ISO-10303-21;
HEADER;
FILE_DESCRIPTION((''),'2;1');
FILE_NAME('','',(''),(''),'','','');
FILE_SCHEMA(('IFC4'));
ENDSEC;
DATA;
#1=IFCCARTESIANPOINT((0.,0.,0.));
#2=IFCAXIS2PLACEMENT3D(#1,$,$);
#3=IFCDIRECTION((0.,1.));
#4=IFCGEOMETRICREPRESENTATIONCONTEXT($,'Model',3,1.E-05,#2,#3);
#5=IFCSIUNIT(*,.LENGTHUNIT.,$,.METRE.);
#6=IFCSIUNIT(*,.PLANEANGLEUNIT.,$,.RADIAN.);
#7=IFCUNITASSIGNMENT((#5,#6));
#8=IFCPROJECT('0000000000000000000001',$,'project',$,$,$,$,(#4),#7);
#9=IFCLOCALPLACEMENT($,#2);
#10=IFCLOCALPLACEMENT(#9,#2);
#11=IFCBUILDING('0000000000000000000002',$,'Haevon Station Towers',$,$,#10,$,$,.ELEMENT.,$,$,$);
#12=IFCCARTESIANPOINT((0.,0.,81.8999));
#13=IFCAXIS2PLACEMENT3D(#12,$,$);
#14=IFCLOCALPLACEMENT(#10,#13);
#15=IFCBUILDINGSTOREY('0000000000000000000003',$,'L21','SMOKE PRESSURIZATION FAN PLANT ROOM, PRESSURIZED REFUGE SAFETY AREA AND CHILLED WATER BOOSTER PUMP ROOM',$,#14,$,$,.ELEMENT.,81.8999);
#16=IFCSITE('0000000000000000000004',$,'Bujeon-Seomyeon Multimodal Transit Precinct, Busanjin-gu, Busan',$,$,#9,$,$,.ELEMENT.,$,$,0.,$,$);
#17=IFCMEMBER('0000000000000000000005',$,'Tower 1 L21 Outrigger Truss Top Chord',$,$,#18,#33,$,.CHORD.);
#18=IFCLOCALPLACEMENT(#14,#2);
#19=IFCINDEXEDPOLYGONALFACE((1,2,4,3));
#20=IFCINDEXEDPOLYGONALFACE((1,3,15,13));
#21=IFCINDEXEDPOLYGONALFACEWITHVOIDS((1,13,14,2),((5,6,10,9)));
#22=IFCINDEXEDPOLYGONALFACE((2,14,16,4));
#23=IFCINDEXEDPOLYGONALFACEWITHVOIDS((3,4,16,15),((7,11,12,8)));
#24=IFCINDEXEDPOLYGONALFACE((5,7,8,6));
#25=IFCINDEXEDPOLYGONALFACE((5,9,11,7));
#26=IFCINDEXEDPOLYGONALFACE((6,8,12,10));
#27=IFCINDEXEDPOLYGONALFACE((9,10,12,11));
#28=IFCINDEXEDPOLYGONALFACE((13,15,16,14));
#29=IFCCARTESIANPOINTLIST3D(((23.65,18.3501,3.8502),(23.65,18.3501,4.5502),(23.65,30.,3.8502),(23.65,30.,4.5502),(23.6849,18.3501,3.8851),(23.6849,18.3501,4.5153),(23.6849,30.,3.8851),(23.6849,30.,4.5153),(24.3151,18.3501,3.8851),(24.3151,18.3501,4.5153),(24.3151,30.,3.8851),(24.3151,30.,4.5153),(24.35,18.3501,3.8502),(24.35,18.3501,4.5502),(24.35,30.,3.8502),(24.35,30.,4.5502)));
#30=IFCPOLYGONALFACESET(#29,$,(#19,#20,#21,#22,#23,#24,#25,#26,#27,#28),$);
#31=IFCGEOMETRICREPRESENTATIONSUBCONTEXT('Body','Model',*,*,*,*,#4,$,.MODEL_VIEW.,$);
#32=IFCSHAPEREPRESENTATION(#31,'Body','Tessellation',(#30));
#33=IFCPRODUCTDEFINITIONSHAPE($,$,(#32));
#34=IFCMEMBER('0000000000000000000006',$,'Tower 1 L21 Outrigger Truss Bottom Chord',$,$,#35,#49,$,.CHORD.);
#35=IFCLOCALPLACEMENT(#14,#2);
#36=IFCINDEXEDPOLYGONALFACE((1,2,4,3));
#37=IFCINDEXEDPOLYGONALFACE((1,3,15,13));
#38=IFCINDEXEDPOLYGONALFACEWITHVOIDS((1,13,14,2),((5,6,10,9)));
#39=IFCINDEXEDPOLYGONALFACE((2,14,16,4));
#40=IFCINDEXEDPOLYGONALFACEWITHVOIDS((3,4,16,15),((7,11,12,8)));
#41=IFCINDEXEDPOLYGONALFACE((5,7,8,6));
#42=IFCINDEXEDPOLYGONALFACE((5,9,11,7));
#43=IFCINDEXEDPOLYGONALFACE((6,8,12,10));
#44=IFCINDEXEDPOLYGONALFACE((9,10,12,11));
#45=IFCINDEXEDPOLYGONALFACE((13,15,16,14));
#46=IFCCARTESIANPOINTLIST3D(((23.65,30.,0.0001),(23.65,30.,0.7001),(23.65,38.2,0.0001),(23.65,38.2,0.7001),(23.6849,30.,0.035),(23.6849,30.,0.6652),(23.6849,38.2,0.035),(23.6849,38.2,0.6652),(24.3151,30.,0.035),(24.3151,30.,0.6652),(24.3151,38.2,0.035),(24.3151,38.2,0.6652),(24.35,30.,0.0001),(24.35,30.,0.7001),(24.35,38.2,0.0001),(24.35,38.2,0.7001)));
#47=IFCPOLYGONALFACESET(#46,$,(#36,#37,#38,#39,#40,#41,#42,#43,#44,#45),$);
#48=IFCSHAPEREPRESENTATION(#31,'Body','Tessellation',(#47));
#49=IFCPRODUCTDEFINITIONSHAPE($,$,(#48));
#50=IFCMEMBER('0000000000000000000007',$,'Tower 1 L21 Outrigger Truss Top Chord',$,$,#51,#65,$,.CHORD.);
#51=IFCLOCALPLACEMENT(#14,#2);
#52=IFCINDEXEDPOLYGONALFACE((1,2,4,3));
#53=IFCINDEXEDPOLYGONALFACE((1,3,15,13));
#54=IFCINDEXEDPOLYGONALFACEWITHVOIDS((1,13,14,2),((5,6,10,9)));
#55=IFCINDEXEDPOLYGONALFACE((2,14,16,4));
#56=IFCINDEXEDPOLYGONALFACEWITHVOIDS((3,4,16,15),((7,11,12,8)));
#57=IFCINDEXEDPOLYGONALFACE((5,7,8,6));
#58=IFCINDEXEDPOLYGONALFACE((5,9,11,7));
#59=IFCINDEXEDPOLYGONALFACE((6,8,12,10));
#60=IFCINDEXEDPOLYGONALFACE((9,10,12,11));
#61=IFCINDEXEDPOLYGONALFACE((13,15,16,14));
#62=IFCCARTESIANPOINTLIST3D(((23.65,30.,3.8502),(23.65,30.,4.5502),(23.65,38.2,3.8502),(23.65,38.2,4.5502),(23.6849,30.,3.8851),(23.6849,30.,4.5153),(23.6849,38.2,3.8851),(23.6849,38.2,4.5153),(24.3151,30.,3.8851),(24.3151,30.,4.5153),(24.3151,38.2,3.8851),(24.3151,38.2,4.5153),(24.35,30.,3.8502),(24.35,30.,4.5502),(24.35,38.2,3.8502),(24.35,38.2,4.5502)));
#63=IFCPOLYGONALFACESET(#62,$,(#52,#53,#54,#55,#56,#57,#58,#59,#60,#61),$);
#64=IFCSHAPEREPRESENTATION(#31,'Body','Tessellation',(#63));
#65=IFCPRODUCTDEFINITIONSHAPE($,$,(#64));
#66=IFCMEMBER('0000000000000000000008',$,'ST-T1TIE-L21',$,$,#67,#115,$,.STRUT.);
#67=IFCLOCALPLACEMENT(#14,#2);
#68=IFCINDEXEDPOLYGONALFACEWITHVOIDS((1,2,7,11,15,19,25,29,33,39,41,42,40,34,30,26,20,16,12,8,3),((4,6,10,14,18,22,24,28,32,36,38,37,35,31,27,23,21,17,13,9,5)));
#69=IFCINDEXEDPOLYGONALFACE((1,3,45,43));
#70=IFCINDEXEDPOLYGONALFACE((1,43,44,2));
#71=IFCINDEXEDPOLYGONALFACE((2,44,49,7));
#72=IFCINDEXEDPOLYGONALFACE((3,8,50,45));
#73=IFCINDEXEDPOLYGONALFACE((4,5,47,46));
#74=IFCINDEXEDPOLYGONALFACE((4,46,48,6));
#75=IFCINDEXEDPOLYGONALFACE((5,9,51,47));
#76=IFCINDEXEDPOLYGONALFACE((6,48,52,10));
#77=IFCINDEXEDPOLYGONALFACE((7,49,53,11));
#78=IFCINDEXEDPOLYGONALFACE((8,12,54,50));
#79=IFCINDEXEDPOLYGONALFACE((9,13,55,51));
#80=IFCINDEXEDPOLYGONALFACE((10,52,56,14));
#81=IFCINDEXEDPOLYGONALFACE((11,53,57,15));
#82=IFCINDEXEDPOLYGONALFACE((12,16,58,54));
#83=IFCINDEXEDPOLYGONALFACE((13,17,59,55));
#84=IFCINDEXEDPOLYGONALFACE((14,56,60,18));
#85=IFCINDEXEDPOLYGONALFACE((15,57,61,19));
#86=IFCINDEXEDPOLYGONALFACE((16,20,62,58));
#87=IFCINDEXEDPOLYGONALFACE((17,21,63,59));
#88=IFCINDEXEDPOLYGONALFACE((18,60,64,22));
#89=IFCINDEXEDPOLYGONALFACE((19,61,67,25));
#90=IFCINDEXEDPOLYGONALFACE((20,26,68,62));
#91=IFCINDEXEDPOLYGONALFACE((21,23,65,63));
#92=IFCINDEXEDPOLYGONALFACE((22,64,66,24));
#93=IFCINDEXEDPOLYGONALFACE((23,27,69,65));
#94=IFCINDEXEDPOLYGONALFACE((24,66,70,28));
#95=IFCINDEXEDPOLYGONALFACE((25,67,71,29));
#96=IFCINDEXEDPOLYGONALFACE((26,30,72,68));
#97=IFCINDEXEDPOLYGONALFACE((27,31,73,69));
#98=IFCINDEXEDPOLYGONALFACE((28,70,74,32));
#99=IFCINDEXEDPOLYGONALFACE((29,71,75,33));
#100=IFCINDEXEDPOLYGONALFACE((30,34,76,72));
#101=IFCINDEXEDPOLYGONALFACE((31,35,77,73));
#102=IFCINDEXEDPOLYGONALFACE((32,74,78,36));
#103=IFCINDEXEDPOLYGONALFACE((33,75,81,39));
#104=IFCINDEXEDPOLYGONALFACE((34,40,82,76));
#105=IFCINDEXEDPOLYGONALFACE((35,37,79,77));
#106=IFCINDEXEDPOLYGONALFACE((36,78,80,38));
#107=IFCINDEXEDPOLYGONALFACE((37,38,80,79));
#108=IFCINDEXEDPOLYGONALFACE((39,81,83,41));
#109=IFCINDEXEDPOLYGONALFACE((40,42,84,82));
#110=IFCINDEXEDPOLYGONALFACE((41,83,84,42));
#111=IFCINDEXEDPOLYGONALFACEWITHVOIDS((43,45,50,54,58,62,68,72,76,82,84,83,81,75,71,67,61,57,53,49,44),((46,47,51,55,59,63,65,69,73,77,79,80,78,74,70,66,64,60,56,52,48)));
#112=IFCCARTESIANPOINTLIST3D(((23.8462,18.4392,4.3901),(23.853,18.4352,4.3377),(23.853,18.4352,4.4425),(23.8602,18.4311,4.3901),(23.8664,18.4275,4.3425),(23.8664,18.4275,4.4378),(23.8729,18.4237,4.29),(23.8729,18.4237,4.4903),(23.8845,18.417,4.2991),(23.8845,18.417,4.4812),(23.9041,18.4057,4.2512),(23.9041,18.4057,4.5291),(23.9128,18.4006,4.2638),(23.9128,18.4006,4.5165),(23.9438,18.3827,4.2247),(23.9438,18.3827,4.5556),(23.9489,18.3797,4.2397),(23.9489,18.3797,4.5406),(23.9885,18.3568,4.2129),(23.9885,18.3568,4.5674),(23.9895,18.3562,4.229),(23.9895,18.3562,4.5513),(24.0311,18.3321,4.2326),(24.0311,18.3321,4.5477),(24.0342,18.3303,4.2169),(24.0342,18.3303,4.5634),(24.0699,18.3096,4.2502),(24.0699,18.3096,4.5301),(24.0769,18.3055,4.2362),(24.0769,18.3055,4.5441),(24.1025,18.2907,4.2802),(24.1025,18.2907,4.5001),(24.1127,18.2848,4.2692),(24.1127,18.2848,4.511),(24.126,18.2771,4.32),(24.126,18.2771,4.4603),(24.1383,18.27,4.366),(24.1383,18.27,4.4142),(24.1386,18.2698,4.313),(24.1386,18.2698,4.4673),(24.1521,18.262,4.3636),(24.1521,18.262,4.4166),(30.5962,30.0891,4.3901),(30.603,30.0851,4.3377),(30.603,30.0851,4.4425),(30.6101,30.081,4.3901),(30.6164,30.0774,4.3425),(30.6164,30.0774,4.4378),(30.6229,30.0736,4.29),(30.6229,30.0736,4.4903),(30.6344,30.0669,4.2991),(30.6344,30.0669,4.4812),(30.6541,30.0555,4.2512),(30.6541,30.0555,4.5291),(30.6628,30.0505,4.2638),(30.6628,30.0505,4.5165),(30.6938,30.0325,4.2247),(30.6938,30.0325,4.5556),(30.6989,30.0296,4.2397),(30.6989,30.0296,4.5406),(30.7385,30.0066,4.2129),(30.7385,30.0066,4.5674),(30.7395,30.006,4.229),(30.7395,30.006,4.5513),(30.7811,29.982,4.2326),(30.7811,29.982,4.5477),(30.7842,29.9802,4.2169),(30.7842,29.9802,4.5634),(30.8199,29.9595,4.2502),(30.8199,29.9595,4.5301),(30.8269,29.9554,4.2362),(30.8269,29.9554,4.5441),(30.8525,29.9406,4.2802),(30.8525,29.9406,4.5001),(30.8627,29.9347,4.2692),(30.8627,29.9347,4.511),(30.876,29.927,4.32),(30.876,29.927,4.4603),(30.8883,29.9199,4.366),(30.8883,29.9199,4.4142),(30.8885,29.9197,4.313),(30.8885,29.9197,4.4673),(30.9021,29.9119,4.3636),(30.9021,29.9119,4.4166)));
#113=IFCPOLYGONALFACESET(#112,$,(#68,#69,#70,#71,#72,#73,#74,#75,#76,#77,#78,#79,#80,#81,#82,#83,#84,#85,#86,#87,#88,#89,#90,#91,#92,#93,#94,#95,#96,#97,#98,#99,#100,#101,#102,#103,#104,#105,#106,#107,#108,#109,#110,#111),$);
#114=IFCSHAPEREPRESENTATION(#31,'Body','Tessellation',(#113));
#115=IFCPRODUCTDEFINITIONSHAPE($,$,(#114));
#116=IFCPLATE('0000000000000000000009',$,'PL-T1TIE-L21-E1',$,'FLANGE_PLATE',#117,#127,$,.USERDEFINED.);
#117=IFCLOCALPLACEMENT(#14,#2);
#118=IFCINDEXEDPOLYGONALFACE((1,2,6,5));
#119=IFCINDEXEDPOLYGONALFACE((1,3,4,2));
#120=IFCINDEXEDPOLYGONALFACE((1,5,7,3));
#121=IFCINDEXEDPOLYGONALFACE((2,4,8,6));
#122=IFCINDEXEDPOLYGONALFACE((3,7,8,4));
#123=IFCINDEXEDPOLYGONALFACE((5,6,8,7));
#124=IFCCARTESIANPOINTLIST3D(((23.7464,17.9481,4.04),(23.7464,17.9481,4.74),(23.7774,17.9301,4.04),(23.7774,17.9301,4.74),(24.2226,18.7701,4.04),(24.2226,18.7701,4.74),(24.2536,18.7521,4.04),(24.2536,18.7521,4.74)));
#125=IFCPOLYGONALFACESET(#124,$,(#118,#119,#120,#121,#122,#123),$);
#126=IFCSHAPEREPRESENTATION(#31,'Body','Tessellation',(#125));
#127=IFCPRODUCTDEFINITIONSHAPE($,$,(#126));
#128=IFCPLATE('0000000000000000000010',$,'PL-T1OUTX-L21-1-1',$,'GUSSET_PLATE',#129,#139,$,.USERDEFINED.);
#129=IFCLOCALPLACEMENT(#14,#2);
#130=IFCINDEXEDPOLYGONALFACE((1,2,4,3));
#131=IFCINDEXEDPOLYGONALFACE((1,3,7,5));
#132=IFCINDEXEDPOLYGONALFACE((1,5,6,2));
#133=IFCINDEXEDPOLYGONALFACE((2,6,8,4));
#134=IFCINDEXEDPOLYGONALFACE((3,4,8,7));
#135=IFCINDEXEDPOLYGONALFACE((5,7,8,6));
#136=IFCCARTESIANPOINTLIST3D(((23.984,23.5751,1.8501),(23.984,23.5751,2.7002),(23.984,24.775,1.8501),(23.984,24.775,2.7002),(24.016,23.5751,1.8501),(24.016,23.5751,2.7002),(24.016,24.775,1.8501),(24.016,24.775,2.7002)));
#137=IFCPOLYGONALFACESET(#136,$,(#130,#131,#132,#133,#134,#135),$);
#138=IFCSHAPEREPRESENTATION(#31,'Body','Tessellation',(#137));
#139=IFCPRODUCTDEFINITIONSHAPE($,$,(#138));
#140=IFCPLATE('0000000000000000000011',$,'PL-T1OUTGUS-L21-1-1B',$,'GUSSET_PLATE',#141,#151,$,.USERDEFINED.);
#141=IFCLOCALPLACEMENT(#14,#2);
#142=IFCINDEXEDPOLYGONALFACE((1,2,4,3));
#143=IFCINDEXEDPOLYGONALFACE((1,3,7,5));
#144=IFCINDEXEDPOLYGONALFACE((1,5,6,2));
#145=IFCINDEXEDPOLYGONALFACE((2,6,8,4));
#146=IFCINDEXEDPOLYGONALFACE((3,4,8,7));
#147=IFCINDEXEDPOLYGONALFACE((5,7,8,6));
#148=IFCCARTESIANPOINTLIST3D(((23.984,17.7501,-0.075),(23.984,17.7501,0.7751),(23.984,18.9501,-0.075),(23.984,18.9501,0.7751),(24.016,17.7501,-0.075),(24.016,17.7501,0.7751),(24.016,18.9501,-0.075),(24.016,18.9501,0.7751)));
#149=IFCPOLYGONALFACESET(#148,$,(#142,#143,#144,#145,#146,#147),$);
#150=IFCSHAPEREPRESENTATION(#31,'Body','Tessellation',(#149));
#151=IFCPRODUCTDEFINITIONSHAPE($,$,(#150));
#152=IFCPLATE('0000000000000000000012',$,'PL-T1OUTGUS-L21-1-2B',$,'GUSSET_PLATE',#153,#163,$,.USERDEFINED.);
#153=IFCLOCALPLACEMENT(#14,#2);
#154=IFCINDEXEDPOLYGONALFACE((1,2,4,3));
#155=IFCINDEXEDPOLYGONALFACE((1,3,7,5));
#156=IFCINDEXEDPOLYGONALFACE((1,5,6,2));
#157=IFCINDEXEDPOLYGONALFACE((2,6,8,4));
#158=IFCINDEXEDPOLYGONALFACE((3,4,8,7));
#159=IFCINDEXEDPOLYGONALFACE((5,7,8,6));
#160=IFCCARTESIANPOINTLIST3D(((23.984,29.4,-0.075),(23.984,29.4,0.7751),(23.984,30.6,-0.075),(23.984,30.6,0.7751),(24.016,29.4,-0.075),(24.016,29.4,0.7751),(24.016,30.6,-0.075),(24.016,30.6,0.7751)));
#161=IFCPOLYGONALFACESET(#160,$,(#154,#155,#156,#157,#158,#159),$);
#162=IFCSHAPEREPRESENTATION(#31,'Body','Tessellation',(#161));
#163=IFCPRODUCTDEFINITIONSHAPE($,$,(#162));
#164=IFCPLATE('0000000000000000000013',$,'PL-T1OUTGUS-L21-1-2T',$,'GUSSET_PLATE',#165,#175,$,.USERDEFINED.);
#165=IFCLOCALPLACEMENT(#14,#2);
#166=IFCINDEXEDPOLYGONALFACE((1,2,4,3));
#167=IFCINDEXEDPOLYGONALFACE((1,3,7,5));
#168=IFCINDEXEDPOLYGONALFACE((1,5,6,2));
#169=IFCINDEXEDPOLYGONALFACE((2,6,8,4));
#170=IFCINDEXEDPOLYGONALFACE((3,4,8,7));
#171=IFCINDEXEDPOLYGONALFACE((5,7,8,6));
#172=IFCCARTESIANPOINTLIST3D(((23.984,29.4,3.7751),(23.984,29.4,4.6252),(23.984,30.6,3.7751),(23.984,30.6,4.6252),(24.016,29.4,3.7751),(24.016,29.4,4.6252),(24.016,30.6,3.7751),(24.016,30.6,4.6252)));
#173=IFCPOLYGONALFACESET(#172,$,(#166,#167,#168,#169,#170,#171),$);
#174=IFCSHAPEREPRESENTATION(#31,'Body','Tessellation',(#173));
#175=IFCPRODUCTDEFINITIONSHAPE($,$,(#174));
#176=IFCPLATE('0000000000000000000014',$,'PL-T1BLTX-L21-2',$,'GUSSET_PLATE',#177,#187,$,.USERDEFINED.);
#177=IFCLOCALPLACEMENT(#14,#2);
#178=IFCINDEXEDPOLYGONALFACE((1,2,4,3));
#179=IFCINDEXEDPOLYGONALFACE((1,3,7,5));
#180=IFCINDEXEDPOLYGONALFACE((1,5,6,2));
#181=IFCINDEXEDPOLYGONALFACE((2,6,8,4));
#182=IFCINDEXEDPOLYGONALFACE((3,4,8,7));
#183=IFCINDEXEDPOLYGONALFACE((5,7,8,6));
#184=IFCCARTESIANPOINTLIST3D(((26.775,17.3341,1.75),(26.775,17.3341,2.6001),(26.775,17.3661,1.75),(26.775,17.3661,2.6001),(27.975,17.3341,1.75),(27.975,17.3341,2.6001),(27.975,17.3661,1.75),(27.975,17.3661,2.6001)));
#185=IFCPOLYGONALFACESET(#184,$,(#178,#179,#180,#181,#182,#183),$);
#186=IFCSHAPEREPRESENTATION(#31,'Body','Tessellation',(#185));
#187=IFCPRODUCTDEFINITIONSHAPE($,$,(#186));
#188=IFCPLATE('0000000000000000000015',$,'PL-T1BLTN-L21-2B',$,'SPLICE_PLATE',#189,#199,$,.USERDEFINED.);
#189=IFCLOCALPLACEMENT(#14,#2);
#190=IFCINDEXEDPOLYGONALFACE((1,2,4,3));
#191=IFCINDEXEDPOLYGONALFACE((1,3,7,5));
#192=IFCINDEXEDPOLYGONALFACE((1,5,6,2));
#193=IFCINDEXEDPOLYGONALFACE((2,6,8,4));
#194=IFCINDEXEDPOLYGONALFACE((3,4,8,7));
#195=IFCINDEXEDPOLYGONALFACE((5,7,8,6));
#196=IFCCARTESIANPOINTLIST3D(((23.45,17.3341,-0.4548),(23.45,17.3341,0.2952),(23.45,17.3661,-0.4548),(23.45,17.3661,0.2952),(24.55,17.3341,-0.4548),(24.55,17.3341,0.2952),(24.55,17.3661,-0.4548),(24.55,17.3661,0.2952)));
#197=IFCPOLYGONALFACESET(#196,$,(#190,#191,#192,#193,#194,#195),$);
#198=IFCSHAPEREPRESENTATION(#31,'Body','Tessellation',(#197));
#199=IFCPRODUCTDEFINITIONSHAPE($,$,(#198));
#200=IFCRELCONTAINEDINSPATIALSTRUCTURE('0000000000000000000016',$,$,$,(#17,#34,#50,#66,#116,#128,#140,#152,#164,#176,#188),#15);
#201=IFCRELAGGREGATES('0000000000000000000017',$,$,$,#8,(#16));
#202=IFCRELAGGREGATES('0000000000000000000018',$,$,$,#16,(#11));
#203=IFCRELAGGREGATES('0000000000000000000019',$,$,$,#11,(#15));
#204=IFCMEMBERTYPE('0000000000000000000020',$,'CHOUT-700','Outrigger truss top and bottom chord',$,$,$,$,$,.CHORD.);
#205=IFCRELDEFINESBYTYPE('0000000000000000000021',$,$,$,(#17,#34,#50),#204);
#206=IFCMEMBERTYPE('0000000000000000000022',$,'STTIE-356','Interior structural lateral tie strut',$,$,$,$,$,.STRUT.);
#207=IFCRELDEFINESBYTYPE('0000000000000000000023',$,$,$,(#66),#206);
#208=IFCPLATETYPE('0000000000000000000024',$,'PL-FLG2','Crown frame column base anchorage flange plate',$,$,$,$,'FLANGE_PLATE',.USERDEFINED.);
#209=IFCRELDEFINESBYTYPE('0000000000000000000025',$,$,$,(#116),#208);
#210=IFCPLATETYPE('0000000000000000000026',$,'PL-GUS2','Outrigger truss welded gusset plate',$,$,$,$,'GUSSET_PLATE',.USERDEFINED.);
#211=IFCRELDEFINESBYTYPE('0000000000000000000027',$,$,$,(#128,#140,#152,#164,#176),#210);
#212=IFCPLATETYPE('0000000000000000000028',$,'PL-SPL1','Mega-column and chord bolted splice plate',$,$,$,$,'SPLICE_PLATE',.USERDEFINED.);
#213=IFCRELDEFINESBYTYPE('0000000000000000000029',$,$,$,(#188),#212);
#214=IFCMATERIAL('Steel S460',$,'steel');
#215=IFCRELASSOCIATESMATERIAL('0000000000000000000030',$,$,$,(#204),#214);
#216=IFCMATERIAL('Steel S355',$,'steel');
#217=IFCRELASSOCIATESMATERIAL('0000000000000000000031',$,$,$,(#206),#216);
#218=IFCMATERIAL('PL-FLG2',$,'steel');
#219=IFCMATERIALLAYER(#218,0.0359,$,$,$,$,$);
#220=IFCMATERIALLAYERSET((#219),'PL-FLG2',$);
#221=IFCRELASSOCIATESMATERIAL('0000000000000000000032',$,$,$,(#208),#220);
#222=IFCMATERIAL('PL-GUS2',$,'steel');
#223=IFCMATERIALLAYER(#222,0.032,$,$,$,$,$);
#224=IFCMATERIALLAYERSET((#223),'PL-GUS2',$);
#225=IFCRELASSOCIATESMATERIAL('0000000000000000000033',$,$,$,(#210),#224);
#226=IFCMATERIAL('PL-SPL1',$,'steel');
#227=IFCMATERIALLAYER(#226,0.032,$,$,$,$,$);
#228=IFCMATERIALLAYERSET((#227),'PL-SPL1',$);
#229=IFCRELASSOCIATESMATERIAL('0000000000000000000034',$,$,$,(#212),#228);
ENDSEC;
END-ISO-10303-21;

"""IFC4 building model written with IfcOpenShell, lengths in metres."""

from ifc_helpers import new_model, si_unit, direction, frame, origin, origin_2d, place, context, subcontext, project, spatial, rectangle, hollow_rectangle, hollow_circle, extrude, material, layer, layer_set, material_profile, profile_set, type_object, element, save


model = new_model("IFC4")

# Units and contexts
model_context = context("Model", 3, precision=1e-05, world=origin(), true_north=direction((0.0, 1.0)))
body_context = subcontext(model_context, "Body", "Model", "MODEL_VIEW")
ifc_project = project(units=[si_unit("LENGTHUNIT", "METRE"), si_unit("PLANEANGLEUNIT", "RADIAN")], contexts=[model_context])

# Site, building, storey
site_placement = place(None, origin())
site = spatial("IfcSite", under=ifc_project, at=site_placement, Name="Bujeon-Seomyeon Multimodal Transit Precinct, Busanjin-gu, Busan", CompositionType="ELEMENT", RefElevation=0.0)
building_placement = place(site_placement, origin())
building = spatial("IfcBuilding", under=site, at=building_placement, Name="Haevon Station Towers", CompositionType="ELEMENT")
storey_placement = place(building_placement, frame((0.0, 0.0, 81.8999)))
storey = spatial("IfcBuildingStorey", under=building, at=storey_placement, Name="L21", Description="SMOKE PRESSURIZATION FAN PLANT ROOM, PRESSURIZED REFUGE SAFETY AREA AND CHILLED WATER BOOSTER PUMP ROOM", CompositionType="ELEMENT", Elevation=81.8999)

# Shared definitions
ifc_material_1 = material(Name="Steel S460", Category="steel")

# Shared definitions
ifc_material_2 = material(Name="Steel S355", Category="steel")

# Members
ifc_material_profile_1 = material_profile(ifc_material_1, hollow_rectangle(XDim=0.7, YDim=0.7, WallThickness=0.0349, at=origin_2d()), Name="RHS-700x700x35")
ifc_profile_set_1 = profile_set([ifc_material_profile_1], Name="Steel S460")
member_type_1 = type_object("IfcMemberType", Name="CHOUT-700", Description="Outrigger truss top and bottom chord", PredefinedType="CHORD", material=ifc_profile_set_1)
for number, where, z_axis, x_axis, name in (
    (1, (24.0, 18.3501, 4.2002), (0.0, 1.0, 0.0), (-1.0, 0.0, 0.0), "Tower 1 L21 Outrigger Truss Top Chord"),
):
    element("IfcMember", number, at=place(storey_placement, frame(where, z_axis=z_axis, x_axis=x_axis)), inside=storey, type_object=member_type_1, Name=name, PredefinedType="CHORD", context=body_context, shape_type="SweptSolid", body=[
        extrude(hollow_rectangle(XDim=0.7, YDim=0.7, WallThickness=0.0349, at=origin_2d()), origin(), (0.0, 0.0, 1.0), 11.6499),
    ])
for number, where, z_axis, x_axis, name in (
    (2, (24.0, 30.0, 0.3501), (0.0, 1.0, 0.0), (-1.0, 0.0, 0.0), "Tower 1 L21 Outrigger Truss Bottom Chord"),
    (3, (24.0, 30.0, 4.2002), (0.0, 1.0, 0.0), (-1.0, 0.0, 0.0), "Tower 1 L21 Outrigger Truss Top Chord"),
):
    element("IfcMember", number, at=place(storey_placement, frame(where, z_axis=z_axis, x_axis=x_axis)), inside=storey, type_object=member_type_1, Name=name, PredefinedType="CHORD", context=body_context, shape_type="SweptSolid", body=[
        extrude(hollow_rectangle(XDim=0.7, YDim=0.7, WallThickness=0.0349, at=origin_2d()), origin(), (0.0, 0.0, 1.0), 8.2),
    ])
ifc_material_profile_2 = material_profile(ifc_material_2, hollow_circle(Radius=0.1777, WallThickness=0.0161, at=origin_2d()), Name="CHS-355.6x16")
ifc_profile_set_2 = profile_set([ifc_material_profile_2], Name="Steel S355")
member_type_2 = type_object("IfcMemberType", Name="STTIE-356", Description="Interior structural lateral tie strut", PredefinedType="STRUT", material=ifc_profile_set_2)
member_1_placement = place(storey_placement, frame((24.0, 18.3501, 4.3901), z_axis=(0.501332, 0.865255, 0.0), x_axis=(-0.865255, 0.501332, 0.0)))
element("IfcMember", 4, at=member_1_placement, inside=storey, type_object=member_type_2, Name="ST-T1TIE-L21", PredefinedType="STRUT", context=body_context, shape_type="SweptSolid", body=[
    extrude(hollow_circle(Radius=0.1777, WallThickness=0.0161, at=origin_2d()), origin(), (0.0, 0.0, 1.0), 13.4641),
])

# Plates
ifc_material_3 = material(Name="PL-FLG2", Category="steel")
ifc_layer_1 = layer(ifc_material_3, 0.0359)
ifc_layer_set_1 = layer_set([ifc_layer_1], Name="PL-FLG2")
plate_type_1 = type_object("IfcPlateType", Name="PL-FLG2", Description="Crown frame column base anchorage flange plate", ElementType="FLANGE_PLATE", PredefinedType="USERDEFINED", material=ifc_layer_set_1)
plate_placement = place(storey_placement, frame((24.0, 18.3501, 4.04), z_axis=(0.0, 0.0, 1.0), x_axis=(0.50133, 0.865256, 0.0)))
element("IfcPlate", 5, at=plate_placement, inside=storey, type_object=plate_type_1, Name="PL-T1TIE-L21-E1", ObjectType="FLANGE_PLATE", PredefinedType="USERDEFINED", context=body_context, shape_type="SweptSolid", body=[
    extrude(rectangle(XDim=0.95, YDim=0.0359, at=origin_2d()), origin(), (0.0, 0.0, 1.0), 0.7),
])
ifc_material_4 = material(Name="PL-GUS2", Category="steel")
ifc_layer_2 = layer(ifc_material_4, 0.032)
ifc_layer_set_2 = layer_set([ifc_layer_2], Name="PL-GUS2")
plate_type_2 = type_object("IfcPlateType", Name="PL-GUS2", Description="Outrigger truss welded gusset plate", ElementType="GUSSET_PLATE", PredefinedType="USERDEFINED", material=ifc_layer_set_2)
for number, where, z_axis, x_axis, name in (
    (6, (24.0, 24.175, 1.8501), (0.0, 0.0, 1.0), (0.0, 1.0, 0.0), "PL-T1OUTX-L21-1-1"),
    (7, (24.0, 18.3501, -0.075), (0.0, 0.0, 1.0), (0.0, 1.0, 0.0), "PL-T1OUTGUS-L21-1-1B"),
    (8, (24.0, 30.0, -0.075), (0.0, 0.0, 1.0), (0.0, 1.0, 0.0), "PL-T1OUTGUS-L21-1-2B"),
    (9, (24.0, 30.0, 3.7751), (0.0, 0.0, 1.0), (0.0, 1.0, 0.0), "PL-T1OUTGUS-L21-1-2T"),
    (10, (27.375, 17.3501, 1.75), (0.0, 0.0, 1.0), (1.0, 0.0, 0.0), "PL-T1BLTX-L21-2"),
):
    element("IfcPlate", number, at=place(storey_placement, frame(where, z_axis=z_axis, x_axis=x_axis)), inside=storey, type_object=plate_type_2, Name=name, ObjectType="GUSSET_PLATE", PredefinedType="USERDEFINED", context=body_context, shape_type="SweptSolid", body=[
        extrude(rectangle(XDim=1.2, YDim=0.032, at=origin_2d()), origin(), (0.0, 0.0, 1.0), 0.8501),
    ])
ifc_material_5 = material(Name="PL-SPL1", Category="steel")
ifc_layer_3 = layer(ifc_material_5, 0.032)
ifc_layer_set_3 = layer_set([ifc_layer_3], Name="PL-SPL1")
plate_type_3 = type_object("IfcPlateType", Name="PL-SPL1", Description="Mega-column and chord bolted splice plate", ElementType="SPLICE_PLATE", PredefinedType="USERDEFINED", material=ifc_layer_set_3)
for number, where, z_axis, x_axis, name in (
    (11, (24.0, 17.3501, -0.4548), (0.0, 0.0, 1.0), (1.0, 0.0, 0.0), "PL-T1BLTN-L21-2B"),
):
    element("IfcPlate", number, at=place(storey_placement, frame(where, z_axis=z_axis, x_axis=x_axis)), inside=storey, type_object=plate_type_3, Name=name, ObjectType="SPLICE_PLATE", PredefinedType="USERDEFINED", context=body_context, shape_type="SweptSolid", body=[
        extrude(rectangle(XDim=1.1001, YDim=0.032, at=origin_2d()), origin(), (0.0, 0.0, 1.0), 0.75),
    ])

save(model, "model.ifc")
